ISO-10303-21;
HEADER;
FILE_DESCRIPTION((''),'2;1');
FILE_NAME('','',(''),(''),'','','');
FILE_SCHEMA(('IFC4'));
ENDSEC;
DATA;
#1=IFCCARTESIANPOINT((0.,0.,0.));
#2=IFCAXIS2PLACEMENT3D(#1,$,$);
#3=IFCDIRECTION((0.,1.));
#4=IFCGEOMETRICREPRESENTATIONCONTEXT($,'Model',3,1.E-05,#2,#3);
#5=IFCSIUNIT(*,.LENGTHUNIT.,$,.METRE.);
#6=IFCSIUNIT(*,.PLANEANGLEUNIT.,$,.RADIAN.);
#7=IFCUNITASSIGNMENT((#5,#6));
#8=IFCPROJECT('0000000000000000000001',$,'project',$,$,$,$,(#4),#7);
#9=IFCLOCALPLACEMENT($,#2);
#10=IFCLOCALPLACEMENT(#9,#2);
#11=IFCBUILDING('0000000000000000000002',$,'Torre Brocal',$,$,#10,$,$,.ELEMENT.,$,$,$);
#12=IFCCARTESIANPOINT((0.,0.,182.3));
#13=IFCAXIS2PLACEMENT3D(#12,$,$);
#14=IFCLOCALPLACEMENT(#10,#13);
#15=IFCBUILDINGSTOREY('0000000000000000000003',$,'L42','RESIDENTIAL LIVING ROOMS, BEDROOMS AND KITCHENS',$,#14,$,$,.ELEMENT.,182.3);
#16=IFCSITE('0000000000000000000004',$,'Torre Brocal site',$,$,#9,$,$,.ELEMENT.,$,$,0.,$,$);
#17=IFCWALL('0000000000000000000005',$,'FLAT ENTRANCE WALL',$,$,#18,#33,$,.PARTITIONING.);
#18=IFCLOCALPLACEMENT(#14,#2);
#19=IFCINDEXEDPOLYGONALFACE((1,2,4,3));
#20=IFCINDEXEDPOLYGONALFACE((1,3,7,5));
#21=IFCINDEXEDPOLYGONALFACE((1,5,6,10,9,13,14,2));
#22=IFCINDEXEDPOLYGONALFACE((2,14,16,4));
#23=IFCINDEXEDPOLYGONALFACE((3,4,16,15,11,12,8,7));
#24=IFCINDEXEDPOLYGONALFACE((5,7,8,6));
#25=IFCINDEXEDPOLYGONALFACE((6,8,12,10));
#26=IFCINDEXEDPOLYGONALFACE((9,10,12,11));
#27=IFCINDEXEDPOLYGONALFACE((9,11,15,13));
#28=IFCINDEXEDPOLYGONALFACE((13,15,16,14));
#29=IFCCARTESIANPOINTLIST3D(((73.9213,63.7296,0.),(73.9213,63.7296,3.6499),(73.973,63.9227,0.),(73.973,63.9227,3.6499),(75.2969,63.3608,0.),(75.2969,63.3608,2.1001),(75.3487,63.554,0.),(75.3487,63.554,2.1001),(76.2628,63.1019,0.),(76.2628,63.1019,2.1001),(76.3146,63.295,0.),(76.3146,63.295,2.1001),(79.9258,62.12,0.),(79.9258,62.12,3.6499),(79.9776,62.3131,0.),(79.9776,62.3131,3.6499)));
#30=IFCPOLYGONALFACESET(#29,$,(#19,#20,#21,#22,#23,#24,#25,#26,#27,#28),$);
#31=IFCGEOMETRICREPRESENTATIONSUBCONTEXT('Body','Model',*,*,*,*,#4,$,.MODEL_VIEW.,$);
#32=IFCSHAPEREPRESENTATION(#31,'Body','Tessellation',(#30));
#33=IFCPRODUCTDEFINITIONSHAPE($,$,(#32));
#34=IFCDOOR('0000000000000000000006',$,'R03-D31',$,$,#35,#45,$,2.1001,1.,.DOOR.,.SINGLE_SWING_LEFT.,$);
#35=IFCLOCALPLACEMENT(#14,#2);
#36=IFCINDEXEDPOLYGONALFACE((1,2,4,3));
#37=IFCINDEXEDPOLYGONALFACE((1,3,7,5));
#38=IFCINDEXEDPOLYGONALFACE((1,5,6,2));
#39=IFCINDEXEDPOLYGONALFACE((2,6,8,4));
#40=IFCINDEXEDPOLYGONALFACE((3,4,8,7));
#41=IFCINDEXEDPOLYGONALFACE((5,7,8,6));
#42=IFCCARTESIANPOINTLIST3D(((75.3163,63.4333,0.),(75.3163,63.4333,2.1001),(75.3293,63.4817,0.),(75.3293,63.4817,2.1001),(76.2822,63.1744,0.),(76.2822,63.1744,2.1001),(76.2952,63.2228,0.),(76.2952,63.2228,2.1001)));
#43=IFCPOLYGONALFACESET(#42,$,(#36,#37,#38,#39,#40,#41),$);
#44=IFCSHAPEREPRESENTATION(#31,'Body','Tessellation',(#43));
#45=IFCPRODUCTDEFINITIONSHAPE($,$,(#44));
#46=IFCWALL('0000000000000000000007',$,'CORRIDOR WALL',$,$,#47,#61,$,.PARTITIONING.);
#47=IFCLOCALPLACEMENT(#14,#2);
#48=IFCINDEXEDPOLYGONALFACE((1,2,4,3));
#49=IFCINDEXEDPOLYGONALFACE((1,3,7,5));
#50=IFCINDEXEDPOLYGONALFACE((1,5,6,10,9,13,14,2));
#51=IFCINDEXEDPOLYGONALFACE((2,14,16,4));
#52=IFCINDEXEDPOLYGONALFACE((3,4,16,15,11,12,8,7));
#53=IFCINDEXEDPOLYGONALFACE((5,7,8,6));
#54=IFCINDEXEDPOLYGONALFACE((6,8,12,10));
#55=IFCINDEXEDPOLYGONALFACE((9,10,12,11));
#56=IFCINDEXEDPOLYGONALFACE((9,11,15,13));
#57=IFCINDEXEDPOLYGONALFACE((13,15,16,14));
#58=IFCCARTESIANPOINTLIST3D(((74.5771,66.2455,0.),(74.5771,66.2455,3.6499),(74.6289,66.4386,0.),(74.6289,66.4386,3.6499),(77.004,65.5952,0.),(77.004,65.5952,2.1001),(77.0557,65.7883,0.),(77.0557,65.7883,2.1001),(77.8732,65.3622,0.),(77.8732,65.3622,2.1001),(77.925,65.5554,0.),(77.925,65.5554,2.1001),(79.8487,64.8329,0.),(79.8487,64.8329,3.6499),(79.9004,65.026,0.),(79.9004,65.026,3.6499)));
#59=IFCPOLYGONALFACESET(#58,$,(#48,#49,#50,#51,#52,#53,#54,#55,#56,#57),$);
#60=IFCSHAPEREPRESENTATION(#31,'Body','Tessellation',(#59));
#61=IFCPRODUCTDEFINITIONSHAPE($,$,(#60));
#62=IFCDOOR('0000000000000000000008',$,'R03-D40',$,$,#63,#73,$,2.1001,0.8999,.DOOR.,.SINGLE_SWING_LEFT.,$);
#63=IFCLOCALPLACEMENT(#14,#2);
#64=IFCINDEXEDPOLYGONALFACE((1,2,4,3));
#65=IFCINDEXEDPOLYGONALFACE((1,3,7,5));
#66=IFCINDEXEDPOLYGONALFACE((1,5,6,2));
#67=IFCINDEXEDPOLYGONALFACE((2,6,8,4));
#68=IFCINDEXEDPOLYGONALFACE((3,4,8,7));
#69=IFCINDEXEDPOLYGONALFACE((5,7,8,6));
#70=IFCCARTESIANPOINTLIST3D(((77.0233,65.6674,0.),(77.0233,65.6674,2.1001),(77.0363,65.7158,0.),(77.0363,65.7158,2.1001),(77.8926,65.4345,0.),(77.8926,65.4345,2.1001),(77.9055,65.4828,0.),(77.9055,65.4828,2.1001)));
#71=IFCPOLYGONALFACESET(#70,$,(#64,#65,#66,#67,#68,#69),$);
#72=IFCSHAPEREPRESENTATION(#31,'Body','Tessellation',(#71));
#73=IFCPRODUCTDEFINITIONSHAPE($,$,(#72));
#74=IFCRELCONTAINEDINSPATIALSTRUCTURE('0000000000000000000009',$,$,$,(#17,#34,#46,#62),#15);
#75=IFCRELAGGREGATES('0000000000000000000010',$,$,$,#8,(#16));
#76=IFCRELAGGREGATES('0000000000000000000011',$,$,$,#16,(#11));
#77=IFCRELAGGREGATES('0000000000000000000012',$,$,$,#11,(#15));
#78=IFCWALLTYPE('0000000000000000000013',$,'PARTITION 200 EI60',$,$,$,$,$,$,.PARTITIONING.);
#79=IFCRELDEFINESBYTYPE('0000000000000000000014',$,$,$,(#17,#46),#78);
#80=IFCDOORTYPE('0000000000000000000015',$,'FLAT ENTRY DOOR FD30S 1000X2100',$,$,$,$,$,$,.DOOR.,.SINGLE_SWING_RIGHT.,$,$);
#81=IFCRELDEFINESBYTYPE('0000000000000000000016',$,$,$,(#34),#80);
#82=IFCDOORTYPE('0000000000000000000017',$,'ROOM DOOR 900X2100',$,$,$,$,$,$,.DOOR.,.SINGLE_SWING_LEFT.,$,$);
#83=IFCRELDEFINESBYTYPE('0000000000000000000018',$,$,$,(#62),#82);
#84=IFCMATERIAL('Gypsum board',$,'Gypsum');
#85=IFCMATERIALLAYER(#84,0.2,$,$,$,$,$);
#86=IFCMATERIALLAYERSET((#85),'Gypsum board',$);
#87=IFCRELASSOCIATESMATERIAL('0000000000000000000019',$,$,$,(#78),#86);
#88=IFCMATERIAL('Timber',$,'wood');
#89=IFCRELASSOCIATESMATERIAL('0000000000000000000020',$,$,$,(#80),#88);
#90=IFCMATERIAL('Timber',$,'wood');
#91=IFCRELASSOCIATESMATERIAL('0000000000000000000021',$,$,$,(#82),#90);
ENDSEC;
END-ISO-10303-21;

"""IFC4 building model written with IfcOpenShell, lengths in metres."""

from ifc_helpers import new_model, si_unit, direction, frame, frame_2d, origin, place, context, subcontext, project, spatial, rectangle, extrude, material, layer, layer_set, type_object, element, fill, save


model = new_model("IFC4")

# Units and contexts
model_context = context("Model", 3, precision=1e-05, world=origin(), true_north=direction((0.0, 1.0)))
body_context = subcontext(model_context, "Body", "Model", "MODEL_VIEW")
ifc_project = project(units=[si_unit("LENGTHUNIT", "METRE"), si_unit("PLANEANGLEUNIT", "RADIAN")], contexts=[model_context])

# Site, building, storey
site_placement = place(None, origin())
site = spatial("IfcSite", under=ifc_project, at=site_placement, Name="Torre Brocal site", CompositionType="ELEMENT", RefElevation=0.0)
building_placement = place(site_placement, origin())
building = spatial("IfcBuilding", under=site, at=building_placement, Name="Torre Brocal", CompositionType="ELEMENT")
storey_placement = place(building_placement, frame((0.0, 0.0, 182.3)))
storey = spatial("IfcBuildingStorey", under=building, at=storey_placement, Name="L42", Description="RESIDENTIAL LIVING ROOMS, BEDROOMS AND KITCHENS", CompositionType="ELEMENT", Elevation=182.3)

# Shared definitions
ifc_material_1 = material(Name="Gypsum board", Category="Gypsum")
ifc_layer_1 = layer(ifc_material_1, 0.2)
ifc_layer_set_1 = layer_set([ifc_layer_1], Name="Gypsum board")
wall_type_1 = type_object("IfcWallType", Name="PARTITION 200 EI60", PredefinedType="PARTITIONING", material=ifc_layer_set_1)

# Walls, openings, doors
wall_1_placement = place(storey_placement, frame((73.947, 63.8262, 0.0), z_axis=(0.0, 0.0, 1.0), x_axis=(0.965898, -0.258921, 0.0)))
wall_1 = element("IfcWall", 1, at=wall_1_placement, inside=storey, type_object=wall_type_1, Name="FLAT ENTRANCE WALL", PredefinedType="PARTITIONING", context=body_context, shape_type="SweptSolid", body=[
    extrude(rectangle(XDim=6.2166, YDim=0.2, at=frame_2d((3.1084, 0.0))), origin(), (0.0, 0.0, 1.0), 3.6499),
])
opening_1_placement = place(wall_1_placement, frame((1.4243, 0.0, 0.0)))
opening_1 = element("IfcOpeningElement", 2, at=opening_1_placement, cuts=wall_1, PredefinedType="OPENING", context=body_context, shape_type="SweptSolid", body=[
    extrude(rectangle(XDim=1.0, YDim=2.1001, at=frame_2d((0.5, 1.05))), frame((0.0, 0.1099, 0.0), z_axis=(0.0, -1.0, 0.0), x_axis=(1.0, 0.0, 0.0)), (0.0, 0.0, 1.0), 0.22),
])
ifc_material_2 = material(Name="Timber", Category="wood")
door_type_1 = type_object("IfcDoorType", Name="FLAT ENTRY DOOR FD30S 1000X2100", OperationType="SINGLE_SWING_RIGHT", PredefinedType="DOOR", material=ifc_material_2)
door_1_placement = place(opening_1_placement, frame((1.0, 0.0, 0.0), z_axis=(0.0, 0.0, 1.0), x_axis=(-1.0, 0.0, 0.0)))
door_1 = element("IfcDoor", 3, at=door_1_placement, inside=storey, type_object=door_type_1, Name="R03-D31", OperationType="SINGLE_SWING_LEFT", OverallHeight=2.1001, OverallWidth=1.0, PredefinedType="DOOR", context=body_context, shape_type="SweptSolid", body=[
    extrude(rectangle(XDim=1.0, YDim=2.1001, at=frame_2d((0.5, 1.05))), frame((0.0, 0.0249, 0.0), z_axis=(0.0, -1.0, 0.0), x_axis=(1.0, 0.0, 0.0)), (0.0, 0.0, 1.0), 0.05),
])
fill(opening_1, door_1)
wall_2_placement = place(storey_placement, frame((74.603, 66.342, 0.0), z_axis=(0.0, 0.0, 1.0), x_axis=(0.965921, -0.258837, 0.0)))
wall_2 = element("IfcWall", 4, at=wall_2_placement, inside=storey, type_object=wall_type_1, Name="CORRIDOR WALL", PredefinedType="PARTITIONING", context=body_context, shape_type="SweptSolid", body=[
    extrude(rectangle(XDim=5.4575, YDim=0.2, at=frame_2d((2.7288, 0.0))), origin(), (0.0, 0.0, 1.0), 3.6499),
])
opening_2_placement = place(wall_2_placement, frame((2.5125, 0.0, 0.0)))
opening_2 = element("IfcOpeningElement", 5, at=opening_2_placement, cuts=wall_2, PredefinedType="OPENING", context=body_context, shape_type="SweptSolid", body=[
    extrude(rectangle(XDim=0.8999, YDim=2.1001, at=frame_2d((0.45, 1.05))), frame((0.0, 0.1099, 0.0), z_axis=(0.0, -1.0, 0.0), x_axis=(1.0, 0.0, 0.0)), (0.0, 0.0, 1.0), 0.22),
])
ifc_material_3 = material(Name="Timber", Category="wood")
door_type_2 = type_object("IfcDoorType", Name="ROOM DOOR 900X2100", OperationType="SINGLE_SWING_LEFT", PredefinedType="DOOR", material=ifc_material_3)
door_2_placement = place(opening_2_placement, origin())
door_2 = element("IfcDoor", 6, at=door_2_placement, inside=storey, type_object=door_type_2, Name="R03-D40", OperationType="SINGLE_SWING_LEFT", OverallHeight=2.1001, OverallWidth=0.8999, PredefinedType="DOOR", context=body_context, shape_type="SweptSolid", body=[
    extrude(rectangle(XDim=0.8999, YDim=2.1001, at=frame_2d((0.45, 1.05))), frame((0.0, 0.0249, 0.0), z_axis=(0.0, -1.0, 0.0), x_axis=(1.0, 0.0, 0.0)), (0.0, 0.0, 1.0), 0.05),
])
fill(opening_2, door_2)

save(model, "model.ifc")
